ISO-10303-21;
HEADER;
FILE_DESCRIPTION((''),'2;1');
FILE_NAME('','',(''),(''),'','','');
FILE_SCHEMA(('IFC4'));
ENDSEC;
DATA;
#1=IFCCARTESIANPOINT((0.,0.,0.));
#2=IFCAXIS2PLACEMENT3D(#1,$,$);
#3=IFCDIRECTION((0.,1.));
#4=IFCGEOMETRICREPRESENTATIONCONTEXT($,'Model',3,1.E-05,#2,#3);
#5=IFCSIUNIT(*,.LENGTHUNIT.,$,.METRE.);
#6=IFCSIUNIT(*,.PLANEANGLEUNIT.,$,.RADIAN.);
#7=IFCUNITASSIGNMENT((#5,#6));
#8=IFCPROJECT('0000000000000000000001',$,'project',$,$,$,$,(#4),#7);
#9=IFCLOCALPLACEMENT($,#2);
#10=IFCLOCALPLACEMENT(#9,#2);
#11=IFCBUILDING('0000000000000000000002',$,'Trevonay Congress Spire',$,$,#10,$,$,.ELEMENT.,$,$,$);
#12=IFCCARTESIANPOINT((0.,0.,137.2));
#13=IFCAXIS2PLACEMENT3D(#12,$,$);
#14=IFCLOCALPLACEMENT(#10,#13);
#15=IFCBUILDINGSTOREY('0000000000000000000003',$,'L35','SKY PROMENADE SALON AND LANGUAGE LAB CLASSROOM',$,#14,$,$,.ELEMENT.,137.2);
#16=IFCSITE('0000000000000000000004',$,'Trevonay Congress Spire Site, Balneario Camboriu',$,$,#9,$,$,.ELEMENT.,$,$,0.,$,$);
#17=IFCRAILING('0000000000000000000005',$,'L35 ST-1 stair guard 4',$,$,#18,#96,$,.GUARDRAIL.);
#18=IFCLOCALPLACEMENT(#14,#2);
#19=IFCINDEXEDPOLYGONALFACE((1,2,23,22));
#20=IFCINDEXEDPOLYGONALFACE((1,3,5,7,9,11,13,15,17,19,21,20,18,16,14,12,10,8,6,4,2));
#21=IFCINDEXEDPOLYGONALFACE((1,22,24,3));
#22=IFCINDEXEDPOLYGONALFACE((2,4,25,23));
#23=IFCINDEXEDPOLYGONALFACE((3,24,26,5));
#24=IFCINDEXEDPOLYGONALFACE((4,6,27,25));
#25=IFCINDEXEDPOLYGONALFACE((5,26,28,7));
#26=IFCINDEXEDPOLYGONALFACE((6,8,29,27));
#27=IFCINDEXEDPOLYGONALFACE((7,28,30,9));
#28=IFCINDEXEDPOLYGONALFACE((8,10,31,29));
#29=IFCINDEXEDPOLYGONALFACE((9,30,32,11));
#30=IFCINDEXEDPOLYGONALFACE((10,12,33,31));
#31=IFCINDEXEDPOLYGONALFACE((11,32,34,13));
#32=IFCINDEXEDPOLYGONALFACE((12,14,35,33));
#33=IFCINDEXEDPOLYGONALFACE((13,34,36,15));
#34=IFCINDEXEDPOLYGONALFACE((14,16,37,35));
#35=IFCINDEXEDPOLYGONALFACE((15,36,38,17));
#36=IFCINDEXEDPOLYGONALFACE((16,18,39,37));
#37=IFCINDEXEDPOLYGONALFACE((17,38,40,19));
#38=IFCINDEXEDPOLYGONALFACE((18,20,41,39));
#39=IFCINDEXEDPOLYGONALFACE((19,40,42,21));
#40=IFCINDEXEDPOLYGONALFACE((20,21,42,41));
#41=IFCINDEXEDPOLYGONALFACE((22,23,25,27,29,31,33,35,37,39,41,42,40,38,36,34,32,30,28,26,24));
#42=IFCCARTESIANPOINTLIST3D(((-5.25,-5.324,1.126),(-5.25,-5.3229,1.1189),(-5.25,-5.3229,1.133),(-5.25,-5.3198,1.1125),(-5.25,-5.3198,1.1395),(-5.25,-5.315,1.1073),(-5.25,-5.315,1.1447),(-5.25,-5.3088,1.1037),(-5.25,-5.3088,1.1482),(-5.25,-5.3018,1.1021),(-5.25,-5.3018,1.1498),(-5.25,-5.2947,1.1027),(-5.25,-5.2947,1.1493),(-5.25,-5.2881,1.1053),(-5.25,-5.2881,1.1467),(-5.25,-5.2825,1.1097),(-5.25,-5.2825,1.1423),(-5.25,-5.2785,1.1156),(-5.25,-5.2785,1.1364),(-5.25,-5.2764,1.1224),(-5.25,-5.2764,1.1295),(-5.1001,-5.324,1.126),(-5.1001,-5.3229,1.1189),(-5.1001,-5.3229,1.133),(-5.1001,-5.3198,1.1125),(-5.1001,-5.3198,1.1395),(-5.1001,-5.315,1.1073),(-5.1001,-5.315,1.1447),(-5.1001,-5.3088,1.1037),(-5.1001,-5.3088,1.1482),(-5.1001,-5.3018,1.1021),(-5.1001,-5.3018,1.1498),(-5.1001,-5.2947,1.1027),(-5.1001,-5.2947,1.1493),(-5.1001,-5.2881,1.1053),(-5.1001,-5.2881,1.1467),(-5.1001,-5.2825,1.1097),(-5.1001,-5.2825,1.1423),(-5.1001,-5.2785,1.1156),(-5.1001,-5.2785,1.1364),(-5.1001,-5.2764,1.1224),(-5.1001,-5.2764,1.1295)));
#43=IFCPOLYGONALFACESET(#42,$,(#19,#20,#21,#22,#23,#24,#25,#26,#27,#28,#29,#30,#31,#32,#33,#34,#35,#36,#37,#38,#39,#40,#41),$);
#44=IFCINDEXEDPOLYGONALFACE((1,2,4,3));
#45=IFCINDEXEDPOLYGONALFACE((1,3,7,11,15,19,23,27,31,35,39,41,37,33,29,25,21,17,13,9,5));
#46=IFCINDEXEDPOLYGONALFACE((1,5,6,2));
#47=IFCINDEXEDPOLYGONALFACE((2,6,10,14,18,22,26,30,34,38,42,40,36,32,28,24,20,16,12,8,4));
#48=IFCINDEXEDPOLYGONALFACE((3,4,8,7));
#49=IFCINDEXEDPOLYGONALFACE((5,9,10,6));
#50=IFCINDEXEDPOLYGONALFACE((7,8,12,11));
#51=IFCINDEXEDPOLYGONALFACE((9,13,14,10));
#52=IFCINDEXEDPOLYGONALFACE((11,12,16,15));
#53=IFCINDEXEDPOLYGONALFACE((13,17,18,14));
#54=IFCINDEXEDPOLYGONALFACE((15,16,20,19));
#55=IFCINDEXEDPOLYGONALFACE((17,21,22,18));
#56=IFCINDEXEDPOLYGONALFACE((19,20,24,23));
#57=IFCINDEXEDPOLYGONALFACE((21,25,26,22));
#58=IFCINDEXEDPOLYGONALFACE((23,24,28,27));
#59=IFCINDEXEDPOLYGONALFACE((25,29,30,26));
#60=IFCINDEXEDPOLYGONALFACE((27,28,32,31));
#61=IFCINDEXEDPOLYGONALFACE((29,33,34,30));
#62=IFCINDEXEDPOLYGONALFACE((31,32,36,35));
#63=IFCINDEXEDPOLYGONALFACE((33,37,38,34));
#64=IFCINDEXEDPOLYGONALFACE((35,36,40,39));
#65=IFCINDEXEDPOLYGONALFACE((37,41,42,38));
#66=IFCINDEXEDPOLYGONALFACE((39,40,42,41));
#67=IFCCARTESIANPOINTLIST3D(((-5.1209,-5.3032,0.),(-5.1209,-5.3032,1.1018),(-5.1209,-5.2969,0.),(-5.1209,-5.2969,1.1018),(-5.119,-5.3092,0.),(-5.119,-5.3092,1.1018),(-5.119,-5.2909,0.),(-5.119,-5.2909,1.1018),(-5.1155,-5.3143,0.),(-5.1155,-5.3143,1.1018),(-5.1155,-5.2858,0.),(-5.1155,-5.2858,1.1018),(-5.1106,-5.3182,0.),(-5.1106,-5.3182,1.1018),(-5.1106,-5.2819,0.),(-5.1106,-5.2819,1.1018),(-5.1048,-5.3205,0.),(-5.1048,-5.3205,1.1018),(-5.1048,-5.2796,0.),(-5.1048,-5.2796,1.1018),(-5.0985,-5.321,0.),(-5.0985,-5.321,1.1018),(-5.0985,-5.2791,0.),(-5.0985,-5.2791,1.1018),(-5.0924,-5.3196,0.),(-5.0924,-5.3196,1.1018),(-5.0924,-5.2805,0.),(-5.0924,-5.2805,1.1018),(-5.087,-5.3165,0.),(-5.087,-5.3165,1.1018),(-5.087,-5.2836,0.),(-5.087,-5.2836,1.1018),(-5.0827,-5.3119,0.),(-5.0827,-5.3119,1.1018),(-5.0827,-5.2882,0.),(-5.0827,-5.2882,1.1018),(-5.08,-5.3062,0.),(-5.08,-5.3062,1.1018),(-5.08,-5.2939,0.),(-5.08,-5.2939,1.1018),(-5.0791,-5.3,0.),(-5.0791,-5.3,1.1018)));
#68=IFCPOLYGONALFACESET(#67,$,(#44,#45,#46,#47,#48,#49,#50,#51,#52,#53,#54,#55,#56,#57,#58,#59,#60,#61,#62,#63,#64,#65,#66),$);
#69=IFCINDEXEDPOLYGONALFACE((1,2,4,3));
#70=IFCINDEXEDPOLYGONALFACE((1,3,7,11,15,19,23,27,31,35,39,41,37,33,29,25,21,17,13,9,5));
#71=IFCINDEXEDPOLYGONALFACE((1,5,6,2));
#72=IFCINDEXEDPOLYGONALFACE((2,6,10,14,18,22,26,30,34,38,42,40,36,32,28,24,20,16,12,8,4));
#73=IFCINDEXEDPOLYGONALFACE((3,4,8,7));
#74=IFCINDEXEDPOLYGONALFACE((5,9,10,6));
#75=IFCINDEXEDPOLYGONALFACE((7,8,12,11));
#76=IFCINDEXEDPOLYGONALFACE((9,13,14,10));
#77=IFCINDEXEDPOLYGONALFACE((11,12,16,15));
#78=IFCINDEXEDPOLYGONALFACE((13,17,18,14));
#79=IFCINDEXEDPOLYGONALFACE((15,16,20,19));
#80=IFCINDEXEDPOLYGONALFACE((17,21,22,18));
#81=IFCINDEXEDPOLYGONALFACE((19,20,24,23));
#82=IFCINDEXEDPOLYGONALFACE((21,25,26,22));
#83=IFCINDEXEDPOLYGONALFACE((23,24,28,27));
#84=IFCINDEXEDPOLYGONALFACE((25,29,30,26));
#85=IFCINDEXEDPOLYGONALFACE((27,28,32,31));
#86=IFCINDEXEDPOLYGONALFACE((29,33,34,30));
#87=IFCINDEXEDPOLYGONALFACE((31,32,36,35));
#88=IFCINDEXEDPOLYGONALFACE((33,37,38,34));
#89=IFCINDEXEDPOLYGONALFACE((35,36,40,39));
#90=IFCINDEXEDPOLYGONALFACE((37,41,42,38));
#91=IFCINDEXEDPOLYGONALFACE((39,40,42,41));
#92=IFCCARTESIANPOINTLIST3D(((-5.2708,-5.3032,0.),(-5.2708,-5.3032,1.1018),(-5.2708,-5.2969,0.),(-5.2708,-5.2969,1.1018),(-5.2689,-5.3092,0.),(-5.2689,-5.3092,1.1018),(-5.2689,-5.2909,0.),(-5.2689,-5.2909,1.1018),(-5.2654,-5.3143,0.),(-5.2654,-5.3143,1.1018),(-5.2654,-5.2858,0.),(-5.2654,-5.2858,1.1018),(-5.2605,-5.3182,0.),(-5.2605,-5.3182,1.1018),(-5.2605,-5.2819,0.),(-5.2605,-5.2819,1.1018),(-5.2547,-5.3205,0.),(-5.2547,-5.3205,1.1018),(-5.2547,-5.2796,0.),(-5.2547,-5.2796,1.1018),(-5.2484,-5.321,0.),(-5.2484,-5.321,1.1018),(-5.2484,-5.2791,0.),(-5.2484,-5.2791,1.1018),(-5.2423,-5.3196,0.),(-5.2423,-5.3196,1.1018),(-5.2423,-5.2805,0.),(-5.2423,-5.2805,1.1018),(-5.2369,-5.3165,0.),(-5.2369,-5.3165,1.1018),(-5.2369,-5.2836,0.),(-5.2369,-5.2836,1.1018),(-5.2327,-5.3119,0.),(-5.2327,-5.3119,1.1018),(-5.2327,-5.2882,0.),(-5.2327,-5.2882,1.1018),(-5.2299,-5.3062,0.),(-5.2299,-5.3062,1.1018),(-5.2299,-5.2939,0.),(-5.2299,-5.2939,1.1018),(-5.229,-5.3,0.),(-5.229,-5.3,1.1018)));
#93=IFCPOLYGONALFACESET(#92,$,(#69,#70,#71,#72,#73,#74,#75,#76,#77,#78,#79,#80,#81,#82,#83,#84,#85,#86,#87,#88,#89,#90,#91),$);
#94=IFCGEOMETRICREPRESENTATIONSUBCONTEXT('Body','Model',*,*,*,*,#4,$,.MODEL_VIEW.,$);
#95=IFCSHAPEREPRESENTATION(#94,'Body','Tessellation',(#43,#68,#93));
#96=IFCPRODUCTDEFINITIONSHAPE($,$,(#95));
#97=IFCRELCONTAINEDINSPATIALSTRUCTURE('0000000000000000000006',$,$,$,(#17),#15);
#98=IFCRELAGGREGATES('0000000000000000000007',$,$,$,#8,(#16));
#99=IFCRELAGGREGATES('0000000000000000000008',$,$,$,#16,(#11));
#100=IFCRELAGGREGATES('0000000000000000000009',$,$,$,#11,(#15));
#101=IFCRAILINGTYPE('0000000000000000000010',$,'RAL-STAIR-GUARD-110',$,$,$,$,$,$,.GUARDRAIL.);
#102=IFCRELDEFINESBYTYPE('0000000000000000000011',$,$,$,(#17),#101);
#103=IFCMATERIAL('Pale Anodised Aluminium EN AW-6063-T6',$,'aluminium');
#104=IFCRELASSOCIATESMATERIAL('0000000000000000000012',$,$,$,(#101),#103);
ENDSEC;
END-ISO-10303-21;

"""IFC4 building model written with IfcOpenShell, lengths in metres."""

from ifc_helpers import new_model, si_unit, direction, frame, origin, origin_2d, place, context, subcontext, project, spatial, circle, extrude, material, type_object, element, save


model = new_model("IFC4")

# Units and contexts
model_context = context("Model", 3, precision=1e-05, world=origin(), true_north=direction((0.0, 1.0)))
body_context = subcontext(model_context, "Body", "Model", "MODEL_VIEW")
ifc_project = project(units=[si_unit("LENGTHUNIT", "METRE"), si_unit("PLANEANGLEUNIT", "RADIAN")], contexts=[model_context])

# Site, building, storey
site_placement = place(None, origin())
site = spatial("IfcSite", under=ifc_project, at=site_placement, Name="Trevonay Congress Spire Site, Balneario Camboriu", CompositionType="ELEMENT", RefElevation=0.0)
building_placement = place(site_placement, origin())
building = spatial("IfcBuilding", under=site, at=building_placement, Name="Trevonay Congress Spire", CompositionType="ELEMENT")
storey_placement = place(building_placement, frame((0.0, 0.0, 137.2)))
storey = spatial("IfcBuildingStorey", under=building, at=storey_placement, Name="L35", Description="SKY PROMENADE SALON AND LANGUAGE LAB CLASSROOM", CompositionType="ELEMENT", Elevation=137.2)

# Shared definitions
ifc_material_1 = material(Name="Pale Anodised Aluminium EN AW-6063-T6", Category="aluminium")

# Railing
railing_type_1 = type_object("IfcRailingType", Name="RAL-STAIR-GUARD-110", PredefinedType="GUARDRAIL", material=ifc_material_1)
railing_1_placement = place(storey_placement, frame((-5.1001, -5.3, 0.0)))
element("IfcRailing", 1, at=railing_1_placement, inside=storey, type_object=railing_type_1, Name="L35 ST-1 stair guard 4", PredefinedType="GUARDRAIL", context=body_context, shape_type="SweptSolid", body=[
    extrude(circle(Radius=0.0239, at=origin_2d()), frame((0.0, 0.0, 1.126), z_axis=(-1.0, 0.0, 0.0), x_axis=(0.0, -1.0, 0.0)), (0.0, 0.0, 1.0), 0.1499),
    extrude(circle(Radius=0.021, at=origin_2d()), origin(), (0.0, 0.0, 1.0), 1.1018),
    extrude(circle(Radius=0.021, at=origin_2d()), frame((-0.1499, 0.0, 0.0)), (0.0, 0.0, 1.0), 1.1018),
])

save(model, "model.ifc")
